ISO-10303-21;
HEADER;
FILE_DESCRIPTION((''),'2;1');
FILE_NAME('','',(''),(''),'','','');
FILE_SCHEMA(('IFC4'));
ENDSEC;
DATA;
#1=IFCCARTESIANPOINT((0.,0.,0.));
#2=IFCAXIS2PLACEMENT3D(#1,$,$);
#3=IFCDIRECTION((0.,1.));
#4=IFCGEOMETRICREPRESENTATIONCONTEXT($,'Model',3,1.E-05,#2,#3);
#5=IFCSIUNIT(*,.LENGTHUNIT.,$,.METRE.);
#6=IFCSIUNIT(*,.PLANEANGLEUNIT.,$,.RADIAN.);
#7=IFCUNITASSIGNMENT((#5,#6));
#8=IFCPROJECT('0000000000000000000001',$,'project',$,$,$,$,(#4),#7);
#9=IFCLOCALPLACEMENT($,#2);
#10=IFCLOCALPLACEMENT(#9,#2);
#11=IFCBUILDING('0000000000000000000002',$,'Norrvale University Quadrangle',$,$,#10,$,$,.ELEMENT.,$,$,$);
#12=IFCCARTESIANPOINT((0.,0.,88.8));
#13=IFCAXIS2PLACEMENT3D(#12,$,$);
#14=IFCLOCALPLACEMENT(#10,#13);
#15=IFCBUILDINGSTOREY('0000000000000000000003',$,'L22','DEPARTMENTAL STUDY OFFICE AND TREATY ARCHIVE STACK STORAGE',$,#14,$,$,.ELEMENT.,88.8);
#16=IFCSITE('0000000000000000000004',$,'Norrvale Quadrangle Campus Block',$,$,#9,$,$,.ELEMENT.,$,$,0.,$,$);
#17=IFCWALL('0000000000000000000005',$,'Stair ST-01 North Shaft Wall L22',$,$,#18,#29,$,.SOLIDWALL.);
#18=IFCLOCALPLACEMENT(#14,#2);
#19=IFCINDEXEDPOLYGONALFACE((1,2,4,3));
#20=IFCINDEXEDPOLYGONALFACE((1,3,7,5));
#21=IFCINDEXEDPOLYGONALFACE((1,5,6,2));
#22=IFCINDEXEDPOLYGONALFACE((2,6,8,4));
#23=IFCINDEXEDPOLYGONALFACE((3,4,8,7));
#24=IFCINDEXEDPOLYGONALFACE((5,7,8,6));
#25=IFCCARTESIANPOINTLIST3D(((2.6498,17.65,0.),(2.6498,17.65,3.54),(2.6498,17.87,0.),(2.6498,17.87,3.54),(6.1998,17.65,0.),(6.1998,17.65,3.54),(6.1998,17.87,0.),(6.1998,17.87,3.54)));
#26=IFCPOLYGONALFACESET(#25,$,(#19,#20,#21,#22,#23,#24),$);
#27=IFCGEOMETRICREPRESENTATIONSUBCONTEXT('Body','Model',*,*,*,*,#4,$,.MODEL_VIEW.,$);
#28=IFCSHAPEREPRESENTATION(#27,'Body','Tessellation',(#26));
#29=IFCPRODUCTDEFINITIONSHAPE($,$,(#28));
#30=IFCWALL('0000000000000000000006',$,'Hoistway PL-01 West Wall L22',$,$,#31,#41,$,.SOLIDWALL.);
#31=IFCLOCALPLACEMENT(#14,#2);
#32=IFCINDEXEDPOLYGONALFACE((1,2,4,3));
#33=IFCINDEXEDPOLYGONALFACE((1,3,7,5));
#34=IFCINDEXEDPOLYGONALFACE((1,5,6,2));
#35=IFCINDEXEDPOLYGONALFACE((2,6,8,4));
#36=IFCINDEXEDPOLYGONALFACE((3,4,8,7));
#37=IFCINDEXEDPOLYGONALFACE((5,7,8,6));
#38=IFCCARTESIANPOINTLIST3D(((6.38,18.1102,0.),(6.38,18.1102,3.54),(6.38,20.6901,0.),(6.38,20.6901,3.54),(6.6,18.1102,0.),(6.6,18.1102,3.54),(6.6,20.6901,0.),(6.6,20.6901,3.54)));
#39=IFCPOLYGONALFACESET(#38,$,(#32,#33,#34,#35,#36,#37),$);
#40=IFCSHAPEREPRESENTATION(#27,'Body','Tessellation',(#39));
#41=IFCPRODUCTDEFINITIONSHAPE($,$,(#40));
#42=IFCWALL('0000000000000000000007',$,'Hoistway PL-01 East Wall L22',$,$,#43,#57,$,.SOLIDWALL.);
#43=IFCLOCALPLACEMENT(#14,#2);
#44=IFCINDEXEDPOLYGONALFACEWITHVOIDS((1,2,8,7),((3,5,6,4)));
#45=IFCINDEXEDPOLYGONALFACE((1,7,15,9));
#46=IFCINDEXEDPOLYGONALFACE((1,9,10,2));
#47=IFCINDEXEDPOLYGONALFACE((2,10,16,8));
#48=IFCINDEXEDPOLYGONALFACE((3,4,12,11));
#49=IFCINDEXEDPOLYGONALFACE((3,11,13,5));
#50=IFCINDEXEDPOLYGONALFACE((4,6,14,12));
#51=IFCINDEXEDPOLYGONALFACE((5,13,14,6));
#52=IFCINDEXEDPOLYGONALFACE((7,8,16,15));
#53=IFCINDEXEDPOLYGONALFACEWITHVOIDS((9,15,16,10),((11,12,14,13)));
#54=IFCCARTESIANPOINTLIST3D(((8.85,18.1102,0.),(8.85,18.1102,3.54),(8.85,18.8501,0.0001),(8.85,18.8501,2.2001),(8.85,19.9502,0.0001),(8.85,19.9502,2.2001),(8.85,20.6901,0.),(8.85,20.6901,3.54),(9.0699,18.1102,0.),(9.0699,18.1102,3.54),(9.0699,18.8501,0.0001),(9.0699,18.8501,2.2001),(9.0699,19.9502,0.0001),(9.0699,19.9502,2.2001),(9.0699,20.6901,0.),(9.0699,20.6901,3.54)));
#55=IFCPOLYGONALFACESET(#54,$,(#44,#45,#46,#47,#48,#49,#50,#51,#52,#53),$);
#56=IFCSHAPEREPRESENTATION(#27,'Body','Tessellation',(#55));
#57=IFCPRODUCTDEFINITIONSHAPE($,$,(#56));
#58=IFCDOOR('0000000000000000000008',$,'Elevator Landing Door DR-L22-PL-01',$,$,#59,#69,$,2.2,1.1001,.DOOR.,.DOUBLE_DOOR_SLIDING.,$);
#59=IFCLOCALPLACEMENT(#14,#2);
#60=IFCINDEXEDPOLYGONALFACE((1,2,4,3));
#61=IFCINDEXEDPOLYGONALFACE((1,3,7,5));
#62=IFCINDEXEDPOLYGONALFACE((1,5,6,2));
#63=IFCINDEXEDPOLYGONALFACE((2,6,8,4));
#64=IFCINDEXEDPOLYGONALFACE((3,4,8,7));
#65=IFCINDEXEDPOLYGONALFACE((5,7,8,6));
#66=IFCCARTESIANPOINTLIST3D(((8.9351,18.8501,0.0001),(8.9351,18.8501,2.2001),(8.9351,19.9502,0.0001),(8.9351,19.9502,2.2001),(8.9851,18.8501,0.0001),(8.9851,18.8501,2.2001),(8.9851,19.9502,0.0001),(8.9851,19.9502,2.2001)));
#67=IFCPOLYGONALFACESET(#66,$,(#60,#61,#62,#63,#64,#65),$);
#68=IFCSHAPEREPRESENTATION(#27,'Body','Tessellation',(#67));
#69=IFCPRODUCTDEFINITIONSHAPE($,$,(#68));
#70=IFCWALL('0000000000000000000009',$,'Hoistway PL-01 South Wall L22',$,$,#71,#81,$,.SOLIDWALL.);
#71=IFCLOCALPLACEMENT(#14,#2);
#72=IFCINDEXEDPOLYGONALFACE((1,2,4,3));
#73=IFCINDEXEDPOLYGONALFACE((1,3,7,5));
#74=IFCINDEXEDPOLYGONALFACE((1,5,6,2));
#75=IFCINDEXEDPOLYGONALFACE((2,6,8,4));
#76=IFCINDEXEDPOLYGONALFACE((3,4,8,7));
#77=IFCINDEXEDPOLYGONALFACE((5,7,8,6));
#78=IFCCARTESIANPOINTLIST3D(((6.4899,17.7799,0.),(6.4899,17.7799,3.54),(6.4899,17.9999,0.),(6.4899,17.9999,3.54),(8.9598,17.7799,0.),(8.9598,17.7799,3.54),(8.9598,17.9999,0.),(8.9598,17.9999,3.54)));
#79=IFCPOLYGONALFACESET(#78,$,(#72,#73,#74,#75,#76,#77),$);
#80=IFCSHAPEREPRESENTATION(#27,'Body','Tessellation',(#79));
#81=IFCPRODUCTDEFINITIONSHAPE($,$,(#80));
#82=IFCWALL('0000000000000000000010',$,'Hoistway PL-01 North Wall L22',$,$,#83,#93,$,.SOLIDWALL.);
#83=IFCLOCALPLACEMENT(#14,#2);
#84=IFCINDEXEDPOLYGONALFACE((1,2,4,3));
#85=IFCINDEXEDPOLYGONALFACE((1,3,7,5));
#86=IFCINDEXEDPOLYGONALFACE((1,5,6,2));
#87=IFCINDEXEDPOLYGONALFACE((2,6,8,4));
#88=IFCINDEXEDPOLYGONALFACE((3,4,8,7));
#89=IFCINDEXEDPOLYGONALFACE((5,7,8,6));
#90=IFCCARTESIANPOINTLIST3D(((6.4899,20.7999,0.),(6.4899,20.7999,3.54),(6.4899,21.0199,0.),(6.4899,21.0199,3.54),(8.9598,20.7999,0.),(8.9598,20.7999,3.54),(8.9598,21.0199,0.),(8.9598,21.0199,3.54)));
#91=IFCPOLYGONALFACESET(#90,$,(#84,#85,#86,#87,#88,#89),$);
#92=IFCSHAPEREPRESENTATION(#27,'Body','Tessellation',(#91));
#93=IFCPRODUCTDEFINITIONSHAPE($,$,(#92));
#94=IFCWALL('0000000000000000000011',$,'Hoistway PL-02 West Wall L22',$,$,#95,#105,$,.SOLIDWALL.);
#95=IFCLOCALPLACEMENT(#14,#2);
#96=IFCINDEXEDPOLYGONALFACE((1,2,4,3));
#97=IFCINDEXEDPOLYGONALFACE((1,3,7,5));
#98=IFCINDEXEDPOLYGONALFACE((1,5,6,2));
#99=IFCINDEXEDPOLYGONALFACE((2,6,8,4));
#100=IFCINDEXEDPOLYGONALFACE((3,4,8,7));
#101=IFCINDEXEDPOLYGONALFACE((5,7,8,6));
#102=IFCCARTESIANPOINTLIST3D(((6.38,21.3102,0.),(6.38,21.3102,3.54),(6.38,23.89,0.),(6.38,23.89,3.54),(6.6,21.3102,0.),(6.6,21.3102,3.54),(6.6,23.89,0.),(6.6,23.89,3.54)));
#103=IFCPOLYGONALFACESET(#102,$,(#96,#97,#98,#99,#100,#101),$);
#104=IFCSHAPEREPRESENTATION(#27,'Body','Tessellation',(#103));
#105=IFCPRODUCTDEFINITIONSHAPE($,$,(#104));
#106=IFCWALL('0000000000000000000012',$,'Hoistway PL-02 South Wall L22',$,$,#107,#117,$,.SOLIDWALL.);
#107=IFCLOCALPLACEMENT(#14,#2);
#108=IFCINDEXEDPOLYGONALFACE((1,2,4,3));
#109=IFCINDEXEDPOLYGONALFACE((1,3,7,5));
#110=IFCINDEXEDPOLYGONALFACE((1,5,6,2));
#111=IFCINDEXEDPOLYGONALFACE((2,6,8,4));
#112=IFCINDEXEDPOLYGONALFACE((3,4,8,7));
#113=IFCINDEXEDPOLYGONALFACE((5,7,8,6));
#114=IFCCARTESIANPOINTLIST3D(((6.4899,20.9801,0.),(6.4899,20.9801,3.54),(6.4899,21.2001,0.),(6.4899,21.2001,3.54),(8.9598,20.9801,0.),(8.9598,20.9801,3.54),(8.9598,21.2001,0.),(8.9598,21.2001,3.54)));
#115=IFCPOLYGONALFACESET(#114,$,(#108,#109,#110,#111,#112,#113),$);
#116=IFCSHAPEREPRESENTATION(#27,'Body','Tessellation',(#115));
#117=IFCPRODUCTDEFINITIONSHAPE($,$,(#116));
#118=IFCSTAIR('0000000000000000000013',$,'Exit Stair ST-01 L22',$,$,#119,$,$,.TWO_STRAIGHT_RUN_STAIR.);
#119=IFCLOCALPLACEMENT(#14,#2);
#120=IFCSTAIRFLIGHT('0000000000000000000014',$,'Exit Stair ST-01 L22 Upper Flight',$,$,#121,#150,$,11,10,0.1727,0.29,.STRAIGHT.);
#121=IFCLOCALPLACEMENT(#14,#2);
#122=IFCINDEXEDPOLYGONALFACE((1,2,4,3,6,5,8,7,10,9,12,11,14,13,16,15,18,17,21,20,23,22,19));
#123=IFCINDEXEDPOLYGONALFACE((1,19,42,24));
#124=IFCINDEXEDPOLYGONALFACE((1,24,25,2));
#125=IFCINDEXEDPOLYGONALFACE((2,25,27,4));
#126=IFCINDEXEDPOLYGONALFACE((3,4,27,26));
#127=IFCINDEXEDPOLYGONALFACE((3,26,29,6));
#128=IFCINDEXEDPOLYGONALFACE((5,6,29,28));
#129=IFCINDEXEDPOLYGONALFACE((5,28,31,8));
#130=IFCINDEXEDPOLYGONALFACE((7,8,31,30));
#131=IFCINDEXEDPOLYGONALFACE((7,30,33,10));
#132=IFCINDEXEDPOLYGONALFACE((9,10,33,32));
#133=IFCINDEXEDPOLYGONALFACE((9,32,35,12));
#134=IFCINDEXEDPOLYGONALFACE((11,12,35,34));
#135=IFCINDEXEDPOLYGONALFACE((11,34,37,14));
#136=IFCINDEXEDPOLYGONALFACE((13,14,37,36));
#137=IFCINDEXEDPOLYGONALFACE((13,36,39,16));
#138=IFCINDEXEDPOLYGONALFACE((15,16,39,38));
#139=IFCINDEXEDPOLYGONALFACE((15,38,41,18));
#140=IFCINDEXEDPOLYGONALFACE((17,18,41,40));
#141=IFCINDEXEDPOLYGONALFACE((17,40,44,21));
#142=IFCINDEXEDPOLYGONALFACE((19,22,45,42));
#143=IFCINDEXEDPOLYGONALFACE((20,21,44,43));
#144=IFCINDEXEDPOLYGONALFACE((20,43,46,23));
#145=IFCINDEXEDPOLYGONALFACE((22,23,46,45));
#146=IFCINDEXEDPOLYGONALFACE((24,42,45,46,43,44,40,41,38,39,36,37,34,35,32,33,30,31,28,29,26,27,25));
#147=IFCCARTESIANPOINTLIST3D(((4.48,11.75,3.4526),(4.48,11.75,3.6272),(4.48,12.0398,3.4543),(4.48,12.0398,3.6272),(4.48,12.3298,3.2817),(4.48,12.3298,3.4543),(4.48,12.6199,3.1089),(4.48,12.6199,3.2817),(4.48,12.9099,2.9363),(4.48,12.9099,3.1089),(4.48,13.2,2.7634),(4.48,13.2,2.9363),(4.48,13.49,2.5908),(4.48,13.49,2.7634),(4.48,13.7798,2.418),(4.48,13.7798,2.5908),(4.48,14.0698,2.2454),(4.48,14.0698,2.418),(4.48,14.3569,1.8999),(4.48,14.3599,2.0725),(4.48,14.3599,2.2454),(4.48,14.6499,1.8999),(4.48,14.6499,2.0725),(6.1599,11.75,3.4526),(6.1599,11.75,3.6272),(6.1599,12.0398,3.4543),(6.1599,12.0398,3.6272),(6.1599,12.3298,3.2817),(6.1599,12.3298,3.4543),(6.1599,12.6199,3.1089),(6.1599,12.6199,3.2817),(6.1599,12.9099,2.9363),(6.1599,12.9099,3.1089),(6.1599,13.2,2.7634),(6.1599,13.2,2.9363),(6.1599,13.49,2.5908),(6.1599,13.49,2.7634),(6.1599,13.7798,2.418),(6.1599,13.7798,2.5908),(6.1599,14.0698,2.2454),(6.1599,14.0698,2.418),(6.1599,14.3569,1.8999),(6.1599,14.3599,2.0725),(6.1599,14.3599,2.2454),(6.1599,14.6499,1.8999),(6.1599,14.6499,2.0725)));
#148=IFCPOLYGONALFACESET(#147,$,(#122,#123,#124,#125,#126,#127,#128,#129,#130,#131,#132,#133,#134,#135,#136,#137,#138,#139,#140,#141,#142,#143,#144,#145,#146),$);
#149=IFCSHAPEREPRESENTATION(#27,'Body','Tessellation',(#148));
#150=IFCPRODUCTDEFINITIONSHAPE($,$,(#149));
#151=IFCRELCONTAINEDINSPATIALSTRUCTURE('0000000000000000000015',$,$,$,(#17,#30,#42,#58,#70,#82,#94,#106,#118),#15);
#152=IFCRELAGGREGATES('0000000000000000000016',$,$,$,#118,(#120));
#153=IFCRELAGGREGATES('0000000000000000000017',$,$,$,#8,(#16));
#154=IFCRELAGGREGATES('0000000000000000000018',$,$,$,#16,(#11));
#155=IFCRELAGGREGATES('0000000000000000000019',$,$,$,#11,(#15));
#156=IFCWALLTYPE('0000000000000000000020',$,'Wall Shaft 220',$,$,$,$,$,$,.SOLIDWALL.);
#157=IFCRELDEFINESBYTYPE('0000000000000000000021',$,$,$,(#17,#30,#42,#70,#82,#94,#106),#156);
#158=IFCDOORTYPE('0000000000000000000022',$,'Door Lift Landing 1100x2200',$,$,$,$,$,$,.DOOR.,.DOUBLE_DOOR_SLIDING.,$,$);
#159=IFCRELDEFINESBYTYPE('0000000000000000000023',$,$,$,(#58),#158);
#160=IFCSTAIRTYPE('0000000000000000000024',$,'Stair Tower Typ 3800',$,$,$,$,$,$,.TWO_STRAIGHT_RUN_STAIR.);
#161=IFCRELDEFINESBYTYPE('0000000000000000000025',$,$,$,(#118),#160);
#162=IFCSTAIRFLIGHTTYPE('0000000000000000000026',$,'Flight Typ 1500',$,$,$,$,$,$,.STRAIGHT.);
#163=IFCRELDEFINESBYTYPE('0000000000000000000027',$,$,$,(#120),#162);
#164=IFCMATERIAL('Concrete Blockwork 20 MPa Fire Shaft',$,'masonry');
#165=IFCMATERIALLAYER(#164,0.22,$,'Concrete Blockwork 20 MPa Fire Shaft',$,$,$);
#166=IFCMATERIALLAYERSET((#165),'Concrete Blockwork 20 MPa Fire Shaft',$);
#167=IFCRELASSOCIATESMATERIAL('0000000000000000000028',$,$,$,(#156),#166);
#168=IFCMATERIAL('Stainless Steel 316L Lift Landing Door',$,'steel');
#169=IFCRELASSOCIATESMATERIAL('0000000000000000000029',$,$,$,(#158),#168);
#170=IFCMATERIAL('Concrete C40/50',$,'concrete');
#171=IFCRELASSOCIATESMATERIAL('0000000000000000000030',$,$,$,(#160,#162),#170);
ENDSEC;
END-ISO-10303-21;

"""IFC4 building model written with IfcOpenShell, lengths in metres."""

from ifc_helpers import new_model, si_unit, direction, frame, frame_2d, origin, place, context, subcontext, project, spatial, polyline, rectangle, outline, extrude, material, layer, layer_set, type_object, element, fill, aggregate, save


model = new_model("IFC4")

# Units and contexts
model_context = context("Model", 3, precision=1e-05, world=origin(), true_north=direction((0.0, 1.0)))
body_context = subcontext(model_context, "Body", "Model", "MODEL_VIEW")
ifc_project = project(units=[si_unit("LENGTHUNIT", "METRE"), si_unit("PLANEANGLEUNIT", "RADIAN")], contexts=[model_context])

# Site, building, storey
site_placement = place(None, origin())
site = spatial("IfcSite", under=ifc_project, at=site_placement, Name="Norrvale Quadrangle Campus Block", CompositionType="ELEMENT", RefElevation=0.0)
building_placement = place(site_placement, origin())
building = spatial("IfcBuilding", under=site, at=building_placement, Name="Norrvale University Quadrangle", CompositionType="ELEMENT")
storey_placement = place(building_placement, frame((0.0, 0.0, 88.8)))
storey = spatial("IfcBuildingStorey", under=building, at=storey_placement, Name="L22", Description="DEPARTMENTAL STUDY OFFICE AND TREATY ARCHIVE STACK STORAGE", CompositionType="ELEMENT", Elevation=88.8)

# Walls
ifc_material_1 = material(Name="Concrete Blockwork 20 MPa Fire Shaft", Category="masonry")
ifc_layer_1 = layer(ifc_material_1, 0.22, Name="Concrete Blockwork 20 MPa Fire Shaft")
ifc_layer_set_1 = layer_set([ifc_layer_1], Name="Concrete Blockwork 20 MPa Fire Shaft")
wall_type_1 = type_object("IfcWallType", Name="Wall Shaft 220", PredefinedType="SOLIDWALL", material=ifc_layer_set_1)
wall_1_placement = place(storey_placement, frame((2.6499, 17.76, 0.0), z_axis=(0.0, 0.0, 1.0), x_axis=(1.0, 0.0, 0.0)))
element("IfcWall", 1, at=wall_1_placement, inside=storey, type_object=wall_type_1, Name="Stair ST-01 North Shaft Wall L22", PredefinedType="SOLIDWALL", context=body_context, shape_type="SweptSolid", body=[
    extrude(rectangle(XDim=3.55, YDim=0.22, at=frame_2d((1.7749, 0.0))), origin(), (0.0, 0.0, 1.0), 3.54),
])
wall_2_placement = place(storey_placement, frame((6.49, 18.1101, 0.0), z_axis=(0.0, 0.0, 1.0), x_axis=(0.0, 1.0, 0.0)))
element("IfcWall", 2, at=wall_2_placement, inside=storey, type_object=wall_type_1, Name="Hoistway PL-01 West Wall L22", PredefinedType="SOLIDWALL", context=body_context, shape_type="SweptSolid", body=[
    extrude(rectangle(XDim=2.5798, YDim=0.22, at=frame_2d((1.29, 0.0))), origin(), (0.0, 0.0, 1.0), 3.54),
])

# Wall, opening, door
wall_3_placement = place(storey_placement, frame((8.96, 18.1101, 0.0), z_axis=(0.0, 0.0, 1.0), x_axis=(0.0, 1.0, 0.0)))
wall_3 = element("IfcWall", 3, at=wall_3_placement, inside=storey, type_object=wall_type_1, Name="Hoistway PL-01 East Wall L22", PredefinedType="SOLIDWALL", context=body_context, shape_type="SweptSolid", body=[
    extrude(rectangle(XDim=2.5798, YDim=0.22, at=frame_2d((1.29, 0.0))), origin(), (0.0, 0.0, 1.0), 3.54),
])
opening_1_placement = place(wall_3_placement, frame((0.74, 0.0, 0.0)))
opening_1 = element("IfcOpeningElement", 4, at=opening_1_placement, cuts=wall_3, PredefinedType="OPENING", context=body_context, shape_type="SweptSolid", body=[
    extrude(rectangle(XDim=1.1001, YDim=2.2, at=frame_2d((0.55, 1.1001))), frame((0.0, 0.1221, 0.0), z_axis=(0.0, -1.0, 0.0), x_axis=(1.0, 0.0, 0.0)), (0.0, 0.0, 1.0), 0.2439),
])
ifc_material_2 = material(Name="Stainless Steel 316L Lift Landing Door", Category="steel")
door_type_1 = type_object("IfcDoorType", Name="Door Lift Landing 1100x2200", OperationType="DOUBLE_DOOR_SLIDING", PredefinedType="DOOR", material=ifc_material_2)
door_1_placement = place(opening_1_placement, origin())
door_1 = element("IfcDoor", 5, at=door_1_placement, inside=storey, type_object=door_type_1, Name="Elevator Landing Door DR-L22-PL-01", OperationType="DOUBLE_DOOR_SLIDING", OverallHeight=2.2, OverallWidth=1.1001, PredefinedType="DOOR", context=body_context, shape_type="SweptSolid", body=[
    extrude(rectangle(XDim=1.1001, YDim=2.2, at=frame_2d((0.55, 1.1001))), frame((0.0, 0.0249, 0.0), z_axis=(0.0, -1.0, 0.0), x_axis=(1.0, 0.0, 0.0)), (0.0, 0.0, 1.0), 0.05),
])
fill(opening_1, door_1)

# Walls
for number, where, z_axis, x_axis, name in (
    (6, (6.49, 17.8899, 0.0), (0.0, 0.0, 1.0), (1.0, 0.0, 0.0), "Hoistway PL-01 South Wall L22"),
    (7, (6.49, 20.9099, 0.0), (0.0, 0.0, 1.0), (1.0, 0.0, 0.0), "Hoistway PL-01 North Wall L22"),
):
    element("IfcWall", number, at=place(storey_placement, frame(where, z_axis=z_axis, x_axis=x_axis)), inside=storey, type_object=wall_type_1, Name=name, PredefinedType="SOLIDWALL", context=body_context, shape_type="SweptSolid", body=[
        extrude(rectangle(XDim=2.47, YDim=0.22, at=frame_2d((1.2349, 0.0))), origin(), (0.0, 0.0, 1.0), 3.54),
    ])
wall_4_placement = place(storey_placement, frame((6.49, 21.3101, 0.0), z_axis=(0.0, 0.0, 1.0), x_axis=(0.0, 1.0, 0.0)))
element("IfcWall", 8, at=wall_4_placement, inside=storey, type_object=wall_type_1, Name="Hoistway PL-02 West Wall L22", PredefinedType="SOLIDWALL", context=body_context, shape_type="SweptSolid", body=[
    extrude(rectangle(XDim=2.5798, YDim=0.22, at=frame_2d((1.29, 0.0))), origin(), (0.0, 0.0, 1.0), 3.54),
])
wall_5_placement = place(storey_placement, frame((6.49, 21.0901, 0.0), z_axis=(0.0, 0.0, 1.0), x_axis=(1.0, 0.0, 0.0)))
element("IfcWall", 9, at=wall_5_placement, inside=storey, type_object=wall_type_1, Name="Hoistway PL-02 South Wall L22", PredefinedType="SOLIDWALL", context=body_context, shape_type="SweptSolid", body=[
    extrude(rectangle(XDim=2.47, YDim=0.22, at=frame_2d((1.2349, 0.0))), origin(), (0.0, 0.0, 1.0), 3.54),
])

# Stair, stair flight
ifc_material_3 = material(Name="Concrete C40/50", Category="concrete")
stair_type = type_object("IfcStairType", Name="Stair Tower Typ 3800", PredefinedType="TWO_STRAIGHT_RUN_STAIR", material=ifc_material_3)
stair_placement = place(storey_placement, origin())
stair = element("IfcStair", 10, at=stair_placement, inside=storey, type_object=stair_type, Name="Exit Stair ST-01 L22", PredefinedType="TWO_STRAIGHT_RUN_STAIR")
stair_flight_type = type_object("IfcStairFlightType", Name="Flight Typ 1500", PredefinedType="STRAIGHT", material=ifc_material_3)
stair_flight_placement = place(storey_placement, frame((5.3201, 14.6499, 1.8999), z_axis=(0.0, 0.0, 1.0), x_axis=(0.0, -1.0, 0.0)))
stair_flight = element("IfcStairFlight", 11, at=stair_flight_placement, type_object=stair_flight_type, Name="Exit Stair ST-01 L22 Upper Flight", NumberOfRisers=11, NumberOfTreads=10, PredefinedType="STRAIGHT", RiserHeight=0.1727, TreadLength=0.29, context=body_context, shape_type="SweptSolid", body=[
    extrude(outline(polyline([(0.0, 0.0), (0.0, 0.1726), (0.29, 0.1726), (0.29, 0.3455), (0.5801, 0.3455), (0.5801, 0.5181), (0.8701, 0.5181), (0.8701, 0.6909), (1.1599, 0.6909), (1.1599, 0.8635), (1.45, 0.8635), (1.45, 1.0364), (1.74, 1.0364), (1.74, 1.209), (2.03, 1.209), (2.03, 1.3818), (2.3201, 1.3818), (2.3201, 1.5544), (2.6101, 1.5544), (2.6101, 1.7273), (2.8999, 1.7273), (2.8999, 1.8999), (2.8999, 1.5527), (0.293, 0.0), (0.0, 0.0)])), frame((0.0, 0.8398, 0.0), z_axis=(0.0, -1.0, 0.0), x_axis=(1.0, 0.0, 0.0)), (0.0, 0.0, 1.0), 1.6799),
])
aggregate(stair, [stair_flight])

save(model, "model.ifc")
